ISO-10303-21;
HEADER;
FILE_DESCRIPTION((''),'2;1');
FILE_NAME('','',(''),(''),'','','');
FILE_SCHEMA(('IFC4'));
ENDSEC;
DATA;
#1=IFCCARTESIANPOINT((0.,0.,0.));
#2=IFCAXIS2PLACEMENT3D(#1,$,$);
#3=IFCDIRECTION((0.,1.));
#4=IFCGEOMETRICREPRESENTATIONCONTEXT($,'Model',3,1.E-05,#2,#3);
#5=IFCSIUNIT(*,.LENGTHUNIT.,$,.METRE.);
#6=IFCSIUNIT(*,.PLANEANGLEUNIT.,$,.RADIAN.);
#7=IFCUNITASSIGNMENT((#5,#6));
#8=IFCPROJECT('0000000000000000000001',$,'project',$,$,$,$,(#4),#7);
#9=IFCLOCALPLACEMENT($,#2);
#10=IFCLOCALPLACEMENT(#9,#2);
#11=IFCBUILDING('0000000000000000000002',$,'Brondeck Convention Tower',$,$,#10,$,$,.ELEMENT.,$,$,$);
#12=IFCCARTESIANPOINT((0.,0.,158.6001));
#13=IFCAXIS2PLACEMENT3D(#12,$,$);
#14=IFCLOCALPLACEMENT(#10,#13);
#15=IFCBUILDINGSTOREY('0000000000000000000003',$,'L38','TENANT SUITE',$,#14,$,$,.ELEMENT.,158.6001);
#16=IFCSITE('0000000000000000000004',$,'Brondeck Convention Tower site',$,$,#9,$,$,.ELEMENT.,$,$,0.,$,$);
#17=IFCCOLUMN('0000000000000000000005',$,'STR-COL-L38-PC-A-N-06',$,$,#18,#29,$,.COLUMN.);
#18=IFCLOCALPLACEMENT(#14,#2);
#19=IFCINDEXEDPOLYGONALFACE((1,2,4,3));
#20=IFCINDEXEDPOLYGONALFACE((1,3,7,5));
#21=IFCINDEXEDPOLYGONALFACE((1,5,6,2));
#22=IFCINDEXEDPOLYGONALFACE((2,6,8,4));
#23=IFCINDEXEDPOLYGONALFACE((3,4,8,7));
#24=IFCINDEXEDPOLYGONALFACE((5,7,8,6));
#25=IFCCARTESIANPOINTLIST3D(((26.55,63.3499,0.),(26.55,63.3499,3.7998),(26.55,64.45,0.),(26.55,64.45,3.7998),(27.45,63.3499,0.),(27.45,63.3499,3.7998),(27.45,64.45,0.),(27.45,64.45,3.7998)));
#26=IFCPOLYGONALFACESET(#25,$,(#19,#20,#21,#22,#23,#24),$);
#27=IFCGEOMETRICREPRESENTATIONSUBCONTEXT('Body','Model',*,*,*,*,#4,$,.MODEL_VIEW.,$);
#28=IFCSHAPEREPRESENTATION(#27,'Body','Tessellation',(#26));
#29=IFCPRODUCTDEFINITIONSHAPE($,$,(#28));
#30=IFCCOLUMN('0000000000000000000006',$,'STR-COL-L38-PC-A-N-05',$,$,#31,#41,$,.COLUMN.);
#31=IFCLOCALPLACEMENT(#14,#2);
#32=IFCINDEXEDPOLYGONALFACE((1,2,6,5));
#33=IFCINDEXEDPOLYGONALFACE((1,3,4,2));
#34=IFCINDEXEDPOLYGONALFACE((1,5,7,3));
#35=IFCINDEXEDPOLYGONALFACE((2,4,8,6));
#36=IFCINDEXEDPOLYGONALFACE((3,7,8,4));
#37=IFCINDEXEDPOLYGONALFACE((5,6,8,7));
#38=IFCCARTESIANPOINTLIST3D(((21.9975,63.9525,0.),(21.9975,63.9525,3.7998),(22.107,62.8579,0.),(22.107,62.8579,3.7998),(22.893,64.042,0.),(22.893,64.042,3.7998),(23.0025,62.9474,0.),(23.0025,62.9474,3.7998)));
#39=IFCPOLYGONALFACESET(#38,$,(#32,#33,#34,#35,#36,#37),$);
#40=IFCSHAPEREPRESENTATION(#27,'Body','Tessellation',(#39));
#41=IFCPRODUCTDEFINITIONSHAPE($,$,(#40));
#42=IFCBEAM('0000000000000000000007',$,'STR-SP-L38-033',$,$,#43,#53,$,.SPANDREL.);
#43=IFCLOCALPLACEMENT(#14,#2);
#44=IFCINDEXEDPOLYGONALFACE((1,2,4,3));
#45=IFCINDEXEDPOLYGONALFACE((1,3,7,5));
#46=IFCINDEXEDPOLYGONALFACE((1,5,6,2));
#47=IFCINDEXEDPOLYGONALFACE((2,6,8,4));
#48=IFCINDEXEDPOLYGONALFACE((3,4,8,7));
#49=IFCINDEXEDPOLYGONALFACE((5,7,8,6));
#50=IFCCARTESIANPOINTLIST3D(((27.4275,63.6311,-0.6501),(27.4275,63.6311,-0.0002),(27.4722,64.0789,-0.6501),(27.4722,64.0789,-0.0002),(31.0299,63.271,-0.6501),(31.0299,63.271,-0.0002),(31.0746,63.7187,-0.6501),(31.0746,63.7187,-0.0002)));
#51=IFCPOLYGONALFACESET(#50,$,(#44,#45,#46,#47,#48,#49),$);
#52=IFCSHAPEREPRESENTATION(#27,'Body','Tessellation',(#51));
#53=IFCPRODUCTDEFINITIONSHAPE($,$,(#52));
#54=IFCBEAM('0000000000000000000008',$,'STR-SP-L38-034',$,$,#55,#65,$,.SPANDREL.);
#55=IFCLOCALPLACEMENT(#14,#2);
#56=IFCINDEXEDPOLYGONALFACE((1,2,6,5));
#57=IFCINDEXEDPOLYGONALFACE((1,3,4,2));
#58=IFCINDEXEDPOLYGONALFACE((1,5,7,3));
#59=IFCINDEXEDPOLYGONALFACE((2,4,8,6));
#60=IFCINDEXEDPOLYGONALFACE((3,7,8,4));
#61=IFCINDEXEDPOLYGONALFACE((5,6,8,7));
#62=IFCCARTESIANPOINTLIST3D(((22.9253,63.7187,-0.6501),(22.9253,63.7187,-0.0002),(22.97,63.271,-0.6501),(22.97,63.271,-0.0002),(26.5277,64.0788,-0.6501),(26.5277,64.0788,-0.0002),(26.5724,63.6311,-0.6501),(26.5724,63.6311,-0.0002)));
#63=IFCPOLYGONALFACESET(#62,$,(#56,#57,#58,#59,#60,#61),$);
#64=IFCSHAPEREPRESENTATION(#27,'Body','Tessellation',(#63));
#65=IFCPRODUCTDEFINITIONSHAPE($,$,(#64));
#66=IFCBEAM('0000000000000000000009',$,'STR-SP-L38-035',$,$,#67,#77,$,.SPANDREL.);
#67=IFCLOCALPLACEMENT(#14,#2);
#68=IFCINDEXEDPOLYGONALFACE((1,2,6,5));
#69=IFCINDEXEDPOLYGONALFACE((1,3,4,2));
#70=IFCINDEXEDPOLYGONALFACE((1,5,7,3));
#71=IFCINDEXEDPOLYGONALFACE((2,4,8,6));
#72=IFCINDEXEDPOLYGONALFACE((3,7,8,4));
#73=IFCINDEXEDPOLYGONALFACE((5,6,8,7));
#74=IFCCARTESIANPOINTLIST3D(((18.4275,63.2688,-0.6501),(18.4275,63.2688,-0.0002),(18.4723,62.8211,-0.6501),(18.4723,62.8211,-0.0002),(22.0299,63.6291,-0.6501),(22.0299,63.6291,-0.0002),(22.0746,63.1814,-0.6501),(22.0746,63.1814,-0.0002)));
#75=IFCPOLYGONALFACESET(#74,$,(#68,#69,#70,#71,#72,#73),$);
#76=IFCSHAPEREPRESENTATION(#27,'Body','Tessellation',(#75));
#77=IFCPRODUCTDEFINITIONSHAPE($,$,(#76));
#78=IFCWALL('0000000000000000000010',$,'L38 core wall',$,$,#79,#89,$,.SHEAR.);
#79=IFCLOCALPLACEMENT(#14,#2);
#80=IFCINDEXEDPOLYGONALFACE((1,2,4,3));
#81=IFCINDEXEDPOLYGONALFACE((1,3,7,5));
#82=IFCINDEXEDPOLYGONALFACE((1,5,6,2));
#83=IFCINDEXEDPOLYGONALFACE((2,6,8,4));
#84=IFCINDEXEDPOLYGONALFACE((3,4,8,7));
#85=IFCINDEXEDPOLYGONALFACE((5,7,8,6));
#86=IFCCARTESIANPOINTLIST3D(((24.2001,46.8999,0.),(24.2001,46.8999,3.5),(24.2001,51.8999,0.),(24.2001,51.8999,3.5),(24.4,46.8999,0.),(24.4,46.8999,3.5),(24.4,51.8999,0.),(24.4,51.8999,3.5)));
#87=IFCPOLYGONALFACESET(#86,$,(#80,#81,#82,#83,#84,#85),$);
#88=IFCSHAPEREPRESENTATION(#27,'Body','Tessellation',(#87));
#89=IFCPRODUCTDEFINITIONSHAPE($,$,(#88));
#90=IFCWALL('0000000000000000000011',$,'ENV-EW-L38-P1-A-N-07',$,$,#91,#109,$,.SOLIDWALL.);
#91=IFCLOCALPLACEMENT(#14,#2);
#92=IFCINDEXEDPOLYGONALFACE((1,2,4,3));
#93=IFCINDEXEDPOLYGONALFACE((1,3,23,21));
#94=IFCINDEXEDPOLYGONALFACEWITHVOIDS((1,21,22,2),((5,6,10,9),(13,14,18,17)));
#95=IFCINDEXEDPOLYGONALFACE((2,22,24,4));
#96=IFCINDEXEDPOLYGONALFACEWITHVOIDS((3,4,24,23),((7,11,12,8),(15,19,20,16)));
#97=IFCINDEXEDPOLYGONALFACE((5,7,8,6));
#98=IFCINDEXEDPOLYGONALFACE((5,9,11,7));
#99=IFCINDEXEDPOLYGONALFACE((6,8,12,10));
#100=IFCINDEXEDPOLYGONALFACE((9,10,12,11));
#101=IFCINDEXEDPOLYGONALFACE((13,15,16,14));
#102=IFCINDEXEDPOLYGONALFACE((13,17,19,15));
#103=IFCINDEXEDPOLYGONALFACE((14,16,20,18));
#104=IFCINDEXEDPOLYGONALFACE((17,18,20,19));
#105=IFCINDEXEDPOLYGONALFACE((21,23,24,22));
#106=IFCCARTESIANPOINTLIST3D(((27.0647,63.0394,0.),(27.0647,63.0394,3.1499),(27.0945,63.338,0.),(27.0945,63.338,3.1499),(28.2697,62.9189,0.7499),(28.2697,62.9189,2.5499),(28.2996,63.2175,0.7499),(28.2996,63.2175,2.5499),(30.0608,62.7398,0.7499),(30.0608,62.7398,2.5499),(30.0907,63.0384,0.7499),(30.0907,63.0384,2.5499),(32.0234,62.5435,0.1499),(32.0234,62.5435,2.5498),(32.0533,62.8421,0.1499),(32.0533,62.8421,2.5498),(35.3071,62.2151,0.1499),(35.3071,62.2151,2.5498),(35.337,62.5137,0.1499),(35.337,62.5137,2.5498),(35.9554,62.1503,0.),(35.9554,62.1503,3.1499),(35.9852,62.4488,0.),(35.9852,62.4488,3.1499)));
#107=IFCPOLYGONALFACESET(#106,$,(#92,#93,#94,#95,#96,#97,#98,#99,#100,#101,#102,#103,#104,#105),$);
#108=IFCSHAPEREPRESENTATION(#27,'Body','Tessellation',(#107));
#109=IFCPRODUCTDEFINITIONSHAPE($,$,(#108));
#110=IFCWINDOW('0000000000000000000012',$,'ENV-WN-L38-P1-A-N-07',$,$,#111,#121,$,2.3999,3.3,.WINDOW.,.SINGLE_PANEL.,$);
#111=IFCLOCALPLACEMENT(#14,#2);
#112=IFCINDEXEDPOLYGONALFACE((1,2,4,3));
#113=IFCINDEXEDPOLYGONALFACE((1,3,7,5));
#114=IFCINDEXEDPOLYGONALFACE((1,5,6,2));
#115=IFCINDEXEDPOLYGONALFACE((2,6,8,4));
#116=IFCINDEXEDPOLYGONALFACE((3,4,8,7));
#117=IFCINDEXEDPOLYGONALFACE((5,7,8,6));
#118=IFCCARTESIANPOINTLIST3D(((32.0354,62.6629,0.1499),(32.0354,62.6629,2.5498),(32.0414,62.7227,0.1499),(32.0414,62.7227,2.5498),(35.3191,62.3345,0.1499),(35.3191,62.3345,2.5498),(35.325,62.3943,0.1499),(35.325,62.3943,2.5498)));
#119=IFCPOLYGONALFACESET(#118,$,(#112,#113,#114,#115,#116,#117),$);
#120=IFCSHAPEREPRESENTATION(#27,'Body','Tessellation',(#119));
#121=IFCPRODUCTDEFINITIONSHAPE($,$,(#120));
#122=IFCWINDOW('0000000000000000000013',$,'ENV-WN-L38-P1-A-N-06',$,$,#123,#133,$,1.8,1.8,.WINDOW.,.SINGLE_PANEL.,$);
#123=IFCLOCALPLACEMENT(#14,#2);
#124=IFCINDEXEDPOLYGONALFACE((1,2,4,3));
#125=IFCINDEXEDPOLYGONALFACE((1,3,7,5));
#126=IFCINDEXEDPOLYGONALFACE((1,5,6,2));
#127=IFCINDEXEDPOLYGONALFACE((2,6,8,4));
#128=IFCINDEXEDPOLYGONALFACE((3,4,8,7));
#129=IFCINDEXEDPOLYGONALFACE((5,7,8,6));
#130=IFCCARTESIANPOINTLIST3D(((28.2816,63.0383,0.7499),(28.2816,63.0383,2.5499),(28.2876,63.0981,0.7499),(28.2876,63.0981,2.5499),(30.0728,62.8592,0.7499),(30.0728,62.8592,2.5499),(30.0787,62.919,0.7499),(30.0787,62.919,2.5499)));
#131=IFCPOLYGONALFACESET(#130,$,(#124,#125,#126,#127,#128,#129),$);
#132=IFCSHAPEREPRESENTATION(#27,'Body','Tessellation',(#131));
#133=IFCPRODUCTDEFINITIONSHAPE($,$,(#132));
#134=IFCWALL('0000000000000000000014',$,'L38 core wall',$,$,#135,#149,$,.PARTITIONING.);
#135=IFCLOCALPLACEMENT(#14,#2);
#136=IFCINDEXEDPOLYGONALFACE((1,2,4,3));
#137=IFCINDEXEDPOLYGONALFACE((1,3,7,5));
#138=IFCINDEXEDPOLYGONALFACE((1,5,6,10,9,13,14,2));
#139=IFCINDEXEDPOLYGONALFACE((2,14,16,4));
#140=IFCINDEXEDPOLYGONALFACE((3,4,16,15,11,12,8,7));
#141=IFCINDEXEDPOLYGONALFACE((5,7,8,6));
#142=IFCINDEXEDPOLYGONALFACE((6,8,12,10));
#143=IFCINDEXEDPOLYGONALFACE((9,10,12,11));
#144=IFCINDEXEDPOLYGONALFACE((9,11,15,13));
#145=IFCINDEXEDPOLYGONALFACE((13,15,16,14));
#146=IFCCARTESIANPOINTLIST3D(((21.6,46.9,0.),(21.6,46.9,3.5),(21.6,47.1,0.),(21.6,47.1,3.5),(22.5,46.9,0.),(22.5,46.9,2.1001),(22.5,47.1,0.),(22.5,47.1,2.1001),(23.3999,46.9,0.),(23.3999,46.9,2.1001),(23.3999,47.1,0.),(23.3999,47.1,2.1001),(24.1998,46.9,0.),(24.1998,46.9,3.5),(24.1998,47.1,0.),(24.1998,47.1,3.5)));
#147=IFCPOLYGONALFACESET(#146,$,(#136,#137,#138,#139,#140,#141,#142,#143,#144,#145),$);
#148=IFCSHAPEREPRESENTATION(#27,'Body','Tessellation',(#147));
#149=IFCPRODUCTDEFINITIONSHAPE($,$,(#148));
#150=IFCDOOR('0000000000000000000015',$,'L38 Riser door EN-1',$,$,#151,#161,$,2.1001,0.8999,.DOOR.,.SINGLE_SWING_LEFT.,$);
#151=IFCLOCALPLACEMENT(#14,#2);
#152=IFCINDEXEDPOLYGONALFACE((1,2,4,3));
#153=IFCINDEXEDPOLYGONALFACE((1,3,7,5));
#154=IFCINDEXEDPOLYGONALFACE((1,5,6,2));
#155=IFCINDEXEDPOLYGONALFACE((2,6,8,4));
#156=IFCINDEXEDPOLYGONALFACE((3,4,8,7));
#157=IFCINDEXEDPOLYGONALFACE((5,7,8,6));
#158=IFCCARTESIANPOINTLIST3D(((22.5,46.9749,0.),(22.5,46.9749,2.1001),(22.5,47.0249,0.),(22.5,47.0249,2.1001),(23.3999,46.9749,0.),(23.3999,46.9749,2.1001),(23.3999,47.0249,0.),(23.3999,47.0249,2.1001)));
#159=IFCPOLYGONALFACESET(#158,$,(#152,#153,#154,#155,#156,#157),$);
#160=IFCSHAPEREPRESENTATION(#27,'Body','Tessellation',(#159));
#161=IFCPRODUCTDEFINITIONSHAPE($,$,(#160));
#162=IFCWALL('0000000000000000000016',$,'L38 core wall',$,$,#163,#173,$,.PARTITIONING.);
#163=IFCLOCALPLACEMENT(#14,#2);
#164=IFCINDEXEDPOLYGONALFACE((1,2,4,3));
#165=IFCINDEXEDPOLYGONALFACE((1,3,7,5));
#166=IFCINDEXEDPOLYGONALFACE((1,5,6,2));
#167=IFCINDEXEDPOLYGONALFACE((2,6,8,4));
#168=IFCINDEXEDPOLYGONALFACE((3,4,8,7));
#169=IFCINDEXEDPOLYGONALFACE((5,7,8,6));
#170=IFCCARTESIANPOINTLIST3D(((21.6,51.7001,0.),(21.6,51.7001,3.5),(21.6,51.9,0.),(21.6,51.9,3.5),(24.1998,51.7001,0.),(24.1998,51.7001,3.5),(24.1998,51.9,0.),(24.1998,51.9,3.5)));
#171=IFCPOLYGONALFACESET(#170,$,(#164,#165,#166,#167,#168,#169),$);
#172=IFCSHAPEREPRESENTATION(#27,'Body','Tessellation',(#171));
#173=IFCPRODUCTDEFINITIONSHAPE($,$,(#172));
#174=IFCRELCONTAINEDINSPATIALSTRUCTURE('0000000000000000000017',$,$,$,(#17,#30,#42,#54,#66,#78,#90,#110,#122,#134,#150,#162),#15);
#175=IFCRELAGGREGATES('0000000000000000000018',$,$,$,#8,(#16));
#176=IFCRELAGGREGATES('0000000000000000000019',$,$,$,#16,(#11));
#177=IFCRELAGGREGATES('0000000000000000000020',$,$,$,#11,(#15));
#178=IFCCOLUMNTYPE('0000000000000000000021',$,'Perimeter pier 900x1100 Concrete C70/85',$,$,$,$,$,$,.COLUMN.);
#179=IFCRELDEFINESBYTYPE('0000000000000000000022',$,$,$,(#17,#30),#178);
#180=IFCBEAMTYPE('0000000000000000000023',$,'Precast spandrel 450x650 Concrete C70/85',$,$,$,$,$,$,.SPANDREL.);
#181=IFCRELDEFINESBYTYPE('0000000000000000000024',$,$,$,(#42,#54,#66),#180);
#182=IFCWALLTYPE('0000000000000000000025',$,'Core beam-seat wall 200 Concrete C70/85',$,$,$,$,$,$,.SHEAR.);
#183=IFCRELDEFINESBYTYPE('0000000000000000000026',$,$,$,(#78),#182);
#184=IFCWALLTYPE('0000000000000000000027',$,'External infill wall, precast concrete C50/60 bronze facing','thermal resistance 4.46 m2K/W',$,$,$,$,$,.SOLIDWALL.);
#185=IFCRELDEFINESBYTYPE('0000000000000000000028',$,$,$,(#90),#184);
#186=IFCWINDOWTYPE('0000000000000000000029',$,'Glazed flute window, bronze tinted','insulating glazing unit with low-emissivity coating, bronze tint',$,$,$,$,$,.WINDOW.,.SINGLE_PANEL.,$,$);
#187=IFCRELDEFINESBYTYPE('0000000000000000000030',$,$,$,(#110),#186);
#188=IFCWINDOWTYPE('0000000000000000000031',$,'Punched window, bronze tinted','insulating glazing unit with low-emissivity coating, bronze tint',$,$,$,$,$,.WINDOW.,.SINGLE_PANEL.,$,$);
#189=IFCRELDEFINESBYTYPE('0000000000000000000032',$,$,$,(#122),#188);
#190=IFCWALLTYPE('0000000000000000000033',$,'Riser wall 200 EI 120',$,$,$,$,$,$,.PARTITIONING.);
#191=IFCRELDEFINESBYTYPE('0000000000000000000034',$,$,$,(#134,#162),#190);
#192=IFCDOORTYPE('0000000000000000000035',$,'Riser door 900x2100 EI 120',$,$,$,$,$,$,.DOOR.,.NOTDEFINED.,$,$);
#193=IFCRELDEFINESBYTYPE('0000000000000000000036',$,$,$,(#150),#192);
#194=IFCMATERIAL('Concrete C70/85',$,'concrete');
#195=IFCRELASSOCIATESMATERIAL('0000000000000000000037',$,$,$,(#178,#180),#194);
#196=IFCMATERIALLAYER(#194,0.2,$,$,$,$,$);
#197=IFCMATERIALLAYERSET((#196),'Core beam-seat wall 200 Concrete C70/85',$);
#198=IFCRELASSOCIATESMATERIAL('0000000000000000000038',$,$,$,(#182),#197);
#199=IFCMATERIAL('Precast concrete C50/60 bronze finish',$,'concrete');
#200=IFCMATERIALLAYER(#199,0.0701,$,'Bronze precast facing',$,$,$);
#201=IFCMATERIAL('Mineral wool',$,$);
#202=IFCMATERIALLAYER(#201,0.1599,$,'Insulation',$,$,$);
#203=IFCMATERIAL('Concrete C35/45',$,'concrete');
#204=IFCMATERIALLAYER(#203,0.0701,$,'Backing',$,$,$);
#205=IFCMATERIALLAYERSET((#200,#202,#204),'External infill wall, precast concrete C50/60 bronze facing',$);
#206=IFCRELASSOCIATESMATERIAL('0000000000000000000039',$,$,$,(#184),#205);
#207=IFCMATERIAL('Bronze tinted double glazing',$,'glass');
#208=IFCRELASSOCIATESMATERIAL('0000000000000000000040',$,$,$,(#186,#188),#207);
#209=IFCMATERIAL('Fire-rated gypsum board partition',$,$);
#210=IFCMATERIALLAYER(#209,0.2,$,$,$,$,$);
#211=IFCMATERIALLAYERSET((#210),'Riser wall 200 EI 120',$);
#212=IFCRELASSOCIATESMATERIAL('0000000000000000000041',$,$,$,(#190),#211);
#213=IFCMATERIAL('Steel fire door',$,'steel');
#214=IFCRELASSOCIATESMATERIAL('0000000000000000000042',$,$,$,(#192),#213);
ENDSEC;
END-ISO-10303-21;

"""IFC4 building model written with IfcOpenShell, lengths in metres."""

from ifc_helpers import new_model, si_unit, direction, frame, frame_2d, origin, origin_2d, place, context, subcontext, project, spatial, rectangle, extrude, material, layer, layer_set, material_profile, profile_set, type_object, element, fill, save


model = new_model("IFC4")

# Units and contexts
model_context = context("Model", 3, precision=1e-05, world=origin(), true_north=direction((0.0, 1.0)))
body_context = subcontext(model_context, "Body", "Model", "MODEL_VIEW")
ifc_project = project(units=[si_unit("LENGTHUNIT", "METRE"), si_unit("PLANEANGLEUNIT", "RADIAN")], contexts=[model_context])

# Site, building, storey
site_placement = place(None, origin())
site = spatial("IfcSite", under=ifc_project, at=site_placement, Name="Brondeck Convention Tower site", CompositionType="ELEMENT", RefElevation=0.0)
building_placement = place(site_placement, origin())
building = spatial("IfcBuilding", under=site, at=building_placement, Name="Brondeck Convention Tower", CompositionType="ELEMENT")
storey_placement = place(building_placement, frame((0.0, 0.0, 158.6001)))
storey = spatial("IfcBuildingStorey", under=building, at=storey_placement, Name="L38", Description="TENANT SUITE", CompositionType="ELEMENT", Elevation=158.6001)

# Columns
ifc_material_1 = material(Name="Concrete C70/85", Category="concrete")
ifc_material_profile_1 = material_profile(ifc_material_1, rectangle(XDim=0.8999, YDim=1.1001, at=origin_2d()), Name="Perimeter pier 900x1100 Concrete C70/85")
ifc_profile_set_1 = profile_set([ifc_material_profile_1], Name="Concrete C70/85")
column_type = type_object("IfcColumnType", Name="Perimeter pier 900x1100 Concrete C70/85", PredefinedType="COLUMN", material=ifc_profile_set_1)
for number, where, z_axis, x_axis, name in (
    (1, (27.0, 63.8999, 0.0), (0.0, 0.0, 1.0), (-1.0, 0.0, 0.0), "STR-COL-L38-PC-A-N-06"),
    (2, (22.5, 63.45, 0.0), (0.0, 0.0, 1.0), (-0.995037, -0.099504, 0.0), "STR-COL-L38-PC-A-N-05"),
):
    element("IfcColumn", number, at=place(storey_placement, frame(where, z_axis=z_axis, x_axis=x_axis)), inside=storey, type_object=column_type, Name=name, PredefinedType="COLUMN", context=body_context, shape_type="SweptSolid", body=[
        extrude(rectangle(XDim=0.8999, YDim=1.1001, at=origin_2d()), origin(), (0.0, 0.0, 1.0), 3.7998),
    ])

# Beams
ifc_material_profile_2 = material_profile(ifc_material_1, rectangle(XDim=0.45, YDim=0.6499, at=origin_2d()), Name="Precast spandrel 450x650 Concrete C70/85")
ifc_profile_set_2 = profile_set([ifc_material_profile_2], Name="Concrete C70/85")
beam_type = type_object("IfcBeamType", Name="Precast spandrel 450x650 Concrete C70/85", PredefinedType="SPANDREL", material=ifc_profile_set_2)
for number, where, z_axis, x_axis, name in (
    (3, (31.0522, 63.4949, -0.3252), (-0.995041, 0.09947, 0.0), (-0.09947, -0.995041, 0.0), "STR-SP-L38-033"),
    (4, (26.55, 63.855, -0.3252), (-0.995041, -0.09947, 0.0), (0.09947, -0.995041, 0.0), "STR-SP-L38-034"),
    (5, (22.0522, 63.4053, -0.3252), (-0.995034, -0.099537, 0.0), (0.099537, -0.995034, 0.0), "STR-SP-L38-035"),
):
    element("IfcBeam", number, at=place(storey_placement, frame(where, z_axis=z_axis, x_axis=x_axis)), inside=storey, type_object=beam_type, Name=name, PredefinedType="SPANDREL", context=body_context, shape_type="SweptSolid", body=[
        extrude(rectangle(XDim=0.45, YDim=0.6499, at=origin_2d()), origin(), (0.0, 0.0, 1.0), 3.6204),
    ])

# Wall
ifc_layer_1 = layer(ifc_material_1, 0.2)
ifc_layer_set_1 = layer_set([ifc_layer_1], Name="Core beam-seat wall 200 Concrete C70/85")
wall_type_1 = type_object("IfcWallType", Name="Core beam-seat wall 200 Concrete C70/85", PredefinedType="SHEAR", material=ifc_layer_set_1)
wall_1_placement = place(storey_placement, frame((24.3, 46.8999, 0.0), z_axis=(0.0, 0.0, 1.0), x_axis=(0.0, 1.0, 0.0)))
element("IfcWall", 6, at=wall_1_placement, inside=storey, type_object=wall_type_1, Name="L38 core wall", PredefinedType="SHEAR", context=body_context, shape_type="SweptSolid", body=[
    extrude(rectangle(XDim=5.0, YDim=0.2, at=frame_2d((2.5, 0.0))), origin(), (0.0, 0.0, 1.0), 3.5),
])

# Wall, openings, windows
ifc_material_2 = material(Name="Precast concrete C50/60 bronze finish", Category="concrete")
ifc_layer_2 = layer(ifc_material_2, 0.0701, Name="Bronze precast facing")
ifc_material_3 = material(Name="Mineral wool")
ifc_layer_3 = layer(ifc_material_3, 0.1599, Name="Insulation")
ifc_material_4 = material(Name="Concrete C35/45", Category="concrete")
ifc_layer_4 = layer(ifc_material_4, 0.0701, Name="Backing")
ifc_layer_set_2 = layer_set([ifc_layer_2, ifc_layer_3, ifc_layer_4], Name="External infill wall, precast concrete C50/60 bronze facing")
wall_type_2 = type_object("IfcWallType", Name="External infill wall, precast concrete C50/60 bronze facing", Description="thermal resistance 4.46 m2K/W", PredefinedType="SOLIDWALL", material=ifc_layer_set_2)
wall_2_placement = place(storey_placement, frame((27.0796, 63.1887, 0.0), z_axis=(0.0, 0.0, 1.0), x_axis=(0.995036, -0.099515, 0.0)))
wall_2 = element("IfcWall", 7, at=wall_2_placement, inside=storey, type_object=wall_type_2, Name="ENV-EW-L38-P1-A-N-07", PredefinedType="SOLIDWALL", context=body_context, shape_type="SweptSolid", body=[
    extrude(rectangle(XDim=8.9351, YDim=0.3, at=frame_2d((4.4675, 0.0))), origin(), (0.0, 0.0, 1.0), 3.1499),
])
opening_1_placement = place(wall_2_placement, frame((1.2112, 0.0, 0.75)))
opening_1 = element("IfcOpeningElement", 8, at=opening_1_placement, cuts=wall_2, PredefinedType="OPENING", context=body_context, shape_type="SweptSolid", body=[
    extrude(rectangle(XDim=1.8, YDim=1.8, at=frame_2d((0.8999, 0.8999))), frame((0.0, 0.1599, 0.0), z_axis=(0.0, -1.0, 0.0), x_axis=(1.0, 0.0, 0.0)), (0.0, 0.0, 1.0), 0.3201),
])
opening_2_placement = place(wall_2_placement, frame((4.9836, 0.0, 0.1499)))
opening_2 = element("IfcOpeningElement", 9, at=opening_2_placement, cuts=wall_2, PredefinedType="OPENING", context=body_context, shape_type="SweptSolid", body=[
    extrude(rectangle(XDim=3.3, YDim=2.3999, at=frame_2d((1.6499, 1.2))), frame((0.0, 0.1599, 0.0), z_axis=(0.0, -1.0, 0.0), x_axis=(1.0, 0.0, 0.0)), (0.0, 0.0, 1.0), 0.3201),
])
ifc_material_5 = material(Name="Bronze tinted double glazing", Category="glass")
window_type_1 = type_object("IfcWindowType", Name="Glazed flute window, bronze tinted", Description="insulating glazing unit with low-emissivity coating, bronze tint", PartitioningType="SINGLE_PANEL", PredefinedType="WINDOW", material=ifc_material_5)
window_1_placement = place(opening_2_placement, origin())
window_1 = element("IfcWindow", 10, at=window_1_placement, inside=storey, type_object=window_type_1, Name="ENV-WN-L38-P1-A-N-07", OverallHeight=2.3999, OverallWidth=3.3, PartitioningType="SINGLE_PANEL", PredefinedType="WINDOW", context=body_context, shape_type="SweptSolid", body=[
    extrude(rectangle(XDim=3.3, YDim=2.3999, at=frame_2d((1.6499, 1.2))), frame((0.0, 0.03, 0.0), z_axis=(0.0, -1.0, 0.0), x_axis=(1.0, 0.0, 0.0)), (0.0, 0.0, 1.0), 0.0601),
])
fill(opening_2, window_1)
window_type_2 = type_object("IfcWindowType", Name="Punched window, bronze tinted", Description="insulating glazing unit with low-emissivity coating, bronze tint", PartitioningType="SINGLE_PANEL", PredefinedType="WINDOW", material=ifc_material_5)
window_2_placement = place(opening_1_placement, origin())
window_2 = element("IfcWindow", 11, at=window_2_placement, inside=storey, type_object=window_type_2, Name="ENV-WN-L38-P1-A-N-06", OverallHeight=1.8, OverallWidth=1.8, PartitioningType="SINGLE_PANEL", PredefinedType="WINDOW", context=body_context, shape_type="SweptSolid", body=[
    extrude(rectangle(XDim=1.8, YDim=1.8, at=frame_2d((0.8999, 0.8999))), frame((0.0, 0.03, 0.0), z_axis=(0.0, -1.0, 0.0), x_axis=(1.0, 0.0, 0.0)), (0.0, 0.0, 1.0), 0.0601),
])
fill(opening_1, window_2)

# Wall, opening, door
ifc_material_6 = material(Name="Fire-rated gypsum board partition")
ifc_layer_5 = layer(ifc_material_6, 0.2)
ifc_layer_set_3 = layer_set([ifc_layer_5], Name="Riser wall 200 EI 120")
wall_type_3 = type_object("IfcWallType", Name="Riser wall 200 EI 120", PredefinedType="PARTITIONING", material=ifc_layer_set_3)
wall_3_placement = place(storey_placement, frame((21.6001, 47.0, 0.0), z_axis=(0.0, 0.0, 1.0), x_axis=(1.0, 0.0, 0.0)))
wall_3 = element("IfcWall", 12, at=wall_3_placement, inside=storey, type_object=wall_type_3, Name="L38 core wall", PredefinedType="PARTITIONING", context=body_context, shape_type="SweptSolid", body=[
    extrude(rectangle(XDim=2.5999, YDim=0.2, at=frame_2d((1.2998, 0.0))), origin(), (0.0, 0.0, 1.0), 3.5),
])
opening_3_placement = place(wall_3_placement, frame((0.8999, 0.0, 0.0)))
opening_3 = element("IfcOpeningElement", 13, at=opening_3_placement, cuts=wall_3, PredefinedType="OPENING", context=body_context, shape_type="SweptSolid", body=[
    extrude(rectangle(XDim=0.8999, YDim=2.1001, at=frame_2d((0.45, 1.05))), frame((0.0, 0.1099, 0.0), z_axis=(0.0, -1.0, 0.0), x_axis=(1.0, 0.0, 0.0)), (0.0, 0.0, 1.0), 0.22),
])
ifc_material_7 = material(Name="Steel fire door", Category="steel")
door_type_1 = type_object("IfcDoorType", Name="Riser door 900x2100 EI 120", OperationType="NOTDEFINED", PredefinedType="DOOR", material=ifc_material_7)
door_1_placement = place(opening_3_placement, origin())
door_1 = element("IfcDoor", 14, at=door_1_placement, inside=storey, type_object=door_type_1, Name="L38 Riser door EN-1", OperationType="SINGLE_SWING_LEFT", OverallHeight=2.1001, OverallWidth=0.8999, PredefinedType="DOOR", context=body_context, shape_type="SweptSolid", body=[
    extrude(rectangle(XDim=0.8999, YDim=2.1001, at=frame_2d((0.45, 1.05))), frame((0.0, 0.0249, 0.0), z_axis=(0.0, -1.0, 0.0), x_axis=(1.0, 0.0, 0.0)), (0.0, 0.0, 1.0), 0.05),
])
fill(opening_3, door_1)

# Wall
wall_4_placement = place(storey_placement, frame((21.6001, 51.8, 0.0), z_axis=(0.0, 0.0, 1.0), x_axis=(1.0, 0.0, 0.0)))
element("IfcWall", 15, at=wall_4_placement, inside=storey, type_object=wall_type_3, Name="L38 core wall", PredefinedType="PARTITIONING", context=body_context, shape_type="SweptSolid", body=[
    extrude(rectangle(XDim=2.5999, YDim=0.2, at=frame_2d((1.2998, 0.0))), origin(), (0.0, 0.0, 1.0), 3.5),
])

save(model, "model.ifc")
